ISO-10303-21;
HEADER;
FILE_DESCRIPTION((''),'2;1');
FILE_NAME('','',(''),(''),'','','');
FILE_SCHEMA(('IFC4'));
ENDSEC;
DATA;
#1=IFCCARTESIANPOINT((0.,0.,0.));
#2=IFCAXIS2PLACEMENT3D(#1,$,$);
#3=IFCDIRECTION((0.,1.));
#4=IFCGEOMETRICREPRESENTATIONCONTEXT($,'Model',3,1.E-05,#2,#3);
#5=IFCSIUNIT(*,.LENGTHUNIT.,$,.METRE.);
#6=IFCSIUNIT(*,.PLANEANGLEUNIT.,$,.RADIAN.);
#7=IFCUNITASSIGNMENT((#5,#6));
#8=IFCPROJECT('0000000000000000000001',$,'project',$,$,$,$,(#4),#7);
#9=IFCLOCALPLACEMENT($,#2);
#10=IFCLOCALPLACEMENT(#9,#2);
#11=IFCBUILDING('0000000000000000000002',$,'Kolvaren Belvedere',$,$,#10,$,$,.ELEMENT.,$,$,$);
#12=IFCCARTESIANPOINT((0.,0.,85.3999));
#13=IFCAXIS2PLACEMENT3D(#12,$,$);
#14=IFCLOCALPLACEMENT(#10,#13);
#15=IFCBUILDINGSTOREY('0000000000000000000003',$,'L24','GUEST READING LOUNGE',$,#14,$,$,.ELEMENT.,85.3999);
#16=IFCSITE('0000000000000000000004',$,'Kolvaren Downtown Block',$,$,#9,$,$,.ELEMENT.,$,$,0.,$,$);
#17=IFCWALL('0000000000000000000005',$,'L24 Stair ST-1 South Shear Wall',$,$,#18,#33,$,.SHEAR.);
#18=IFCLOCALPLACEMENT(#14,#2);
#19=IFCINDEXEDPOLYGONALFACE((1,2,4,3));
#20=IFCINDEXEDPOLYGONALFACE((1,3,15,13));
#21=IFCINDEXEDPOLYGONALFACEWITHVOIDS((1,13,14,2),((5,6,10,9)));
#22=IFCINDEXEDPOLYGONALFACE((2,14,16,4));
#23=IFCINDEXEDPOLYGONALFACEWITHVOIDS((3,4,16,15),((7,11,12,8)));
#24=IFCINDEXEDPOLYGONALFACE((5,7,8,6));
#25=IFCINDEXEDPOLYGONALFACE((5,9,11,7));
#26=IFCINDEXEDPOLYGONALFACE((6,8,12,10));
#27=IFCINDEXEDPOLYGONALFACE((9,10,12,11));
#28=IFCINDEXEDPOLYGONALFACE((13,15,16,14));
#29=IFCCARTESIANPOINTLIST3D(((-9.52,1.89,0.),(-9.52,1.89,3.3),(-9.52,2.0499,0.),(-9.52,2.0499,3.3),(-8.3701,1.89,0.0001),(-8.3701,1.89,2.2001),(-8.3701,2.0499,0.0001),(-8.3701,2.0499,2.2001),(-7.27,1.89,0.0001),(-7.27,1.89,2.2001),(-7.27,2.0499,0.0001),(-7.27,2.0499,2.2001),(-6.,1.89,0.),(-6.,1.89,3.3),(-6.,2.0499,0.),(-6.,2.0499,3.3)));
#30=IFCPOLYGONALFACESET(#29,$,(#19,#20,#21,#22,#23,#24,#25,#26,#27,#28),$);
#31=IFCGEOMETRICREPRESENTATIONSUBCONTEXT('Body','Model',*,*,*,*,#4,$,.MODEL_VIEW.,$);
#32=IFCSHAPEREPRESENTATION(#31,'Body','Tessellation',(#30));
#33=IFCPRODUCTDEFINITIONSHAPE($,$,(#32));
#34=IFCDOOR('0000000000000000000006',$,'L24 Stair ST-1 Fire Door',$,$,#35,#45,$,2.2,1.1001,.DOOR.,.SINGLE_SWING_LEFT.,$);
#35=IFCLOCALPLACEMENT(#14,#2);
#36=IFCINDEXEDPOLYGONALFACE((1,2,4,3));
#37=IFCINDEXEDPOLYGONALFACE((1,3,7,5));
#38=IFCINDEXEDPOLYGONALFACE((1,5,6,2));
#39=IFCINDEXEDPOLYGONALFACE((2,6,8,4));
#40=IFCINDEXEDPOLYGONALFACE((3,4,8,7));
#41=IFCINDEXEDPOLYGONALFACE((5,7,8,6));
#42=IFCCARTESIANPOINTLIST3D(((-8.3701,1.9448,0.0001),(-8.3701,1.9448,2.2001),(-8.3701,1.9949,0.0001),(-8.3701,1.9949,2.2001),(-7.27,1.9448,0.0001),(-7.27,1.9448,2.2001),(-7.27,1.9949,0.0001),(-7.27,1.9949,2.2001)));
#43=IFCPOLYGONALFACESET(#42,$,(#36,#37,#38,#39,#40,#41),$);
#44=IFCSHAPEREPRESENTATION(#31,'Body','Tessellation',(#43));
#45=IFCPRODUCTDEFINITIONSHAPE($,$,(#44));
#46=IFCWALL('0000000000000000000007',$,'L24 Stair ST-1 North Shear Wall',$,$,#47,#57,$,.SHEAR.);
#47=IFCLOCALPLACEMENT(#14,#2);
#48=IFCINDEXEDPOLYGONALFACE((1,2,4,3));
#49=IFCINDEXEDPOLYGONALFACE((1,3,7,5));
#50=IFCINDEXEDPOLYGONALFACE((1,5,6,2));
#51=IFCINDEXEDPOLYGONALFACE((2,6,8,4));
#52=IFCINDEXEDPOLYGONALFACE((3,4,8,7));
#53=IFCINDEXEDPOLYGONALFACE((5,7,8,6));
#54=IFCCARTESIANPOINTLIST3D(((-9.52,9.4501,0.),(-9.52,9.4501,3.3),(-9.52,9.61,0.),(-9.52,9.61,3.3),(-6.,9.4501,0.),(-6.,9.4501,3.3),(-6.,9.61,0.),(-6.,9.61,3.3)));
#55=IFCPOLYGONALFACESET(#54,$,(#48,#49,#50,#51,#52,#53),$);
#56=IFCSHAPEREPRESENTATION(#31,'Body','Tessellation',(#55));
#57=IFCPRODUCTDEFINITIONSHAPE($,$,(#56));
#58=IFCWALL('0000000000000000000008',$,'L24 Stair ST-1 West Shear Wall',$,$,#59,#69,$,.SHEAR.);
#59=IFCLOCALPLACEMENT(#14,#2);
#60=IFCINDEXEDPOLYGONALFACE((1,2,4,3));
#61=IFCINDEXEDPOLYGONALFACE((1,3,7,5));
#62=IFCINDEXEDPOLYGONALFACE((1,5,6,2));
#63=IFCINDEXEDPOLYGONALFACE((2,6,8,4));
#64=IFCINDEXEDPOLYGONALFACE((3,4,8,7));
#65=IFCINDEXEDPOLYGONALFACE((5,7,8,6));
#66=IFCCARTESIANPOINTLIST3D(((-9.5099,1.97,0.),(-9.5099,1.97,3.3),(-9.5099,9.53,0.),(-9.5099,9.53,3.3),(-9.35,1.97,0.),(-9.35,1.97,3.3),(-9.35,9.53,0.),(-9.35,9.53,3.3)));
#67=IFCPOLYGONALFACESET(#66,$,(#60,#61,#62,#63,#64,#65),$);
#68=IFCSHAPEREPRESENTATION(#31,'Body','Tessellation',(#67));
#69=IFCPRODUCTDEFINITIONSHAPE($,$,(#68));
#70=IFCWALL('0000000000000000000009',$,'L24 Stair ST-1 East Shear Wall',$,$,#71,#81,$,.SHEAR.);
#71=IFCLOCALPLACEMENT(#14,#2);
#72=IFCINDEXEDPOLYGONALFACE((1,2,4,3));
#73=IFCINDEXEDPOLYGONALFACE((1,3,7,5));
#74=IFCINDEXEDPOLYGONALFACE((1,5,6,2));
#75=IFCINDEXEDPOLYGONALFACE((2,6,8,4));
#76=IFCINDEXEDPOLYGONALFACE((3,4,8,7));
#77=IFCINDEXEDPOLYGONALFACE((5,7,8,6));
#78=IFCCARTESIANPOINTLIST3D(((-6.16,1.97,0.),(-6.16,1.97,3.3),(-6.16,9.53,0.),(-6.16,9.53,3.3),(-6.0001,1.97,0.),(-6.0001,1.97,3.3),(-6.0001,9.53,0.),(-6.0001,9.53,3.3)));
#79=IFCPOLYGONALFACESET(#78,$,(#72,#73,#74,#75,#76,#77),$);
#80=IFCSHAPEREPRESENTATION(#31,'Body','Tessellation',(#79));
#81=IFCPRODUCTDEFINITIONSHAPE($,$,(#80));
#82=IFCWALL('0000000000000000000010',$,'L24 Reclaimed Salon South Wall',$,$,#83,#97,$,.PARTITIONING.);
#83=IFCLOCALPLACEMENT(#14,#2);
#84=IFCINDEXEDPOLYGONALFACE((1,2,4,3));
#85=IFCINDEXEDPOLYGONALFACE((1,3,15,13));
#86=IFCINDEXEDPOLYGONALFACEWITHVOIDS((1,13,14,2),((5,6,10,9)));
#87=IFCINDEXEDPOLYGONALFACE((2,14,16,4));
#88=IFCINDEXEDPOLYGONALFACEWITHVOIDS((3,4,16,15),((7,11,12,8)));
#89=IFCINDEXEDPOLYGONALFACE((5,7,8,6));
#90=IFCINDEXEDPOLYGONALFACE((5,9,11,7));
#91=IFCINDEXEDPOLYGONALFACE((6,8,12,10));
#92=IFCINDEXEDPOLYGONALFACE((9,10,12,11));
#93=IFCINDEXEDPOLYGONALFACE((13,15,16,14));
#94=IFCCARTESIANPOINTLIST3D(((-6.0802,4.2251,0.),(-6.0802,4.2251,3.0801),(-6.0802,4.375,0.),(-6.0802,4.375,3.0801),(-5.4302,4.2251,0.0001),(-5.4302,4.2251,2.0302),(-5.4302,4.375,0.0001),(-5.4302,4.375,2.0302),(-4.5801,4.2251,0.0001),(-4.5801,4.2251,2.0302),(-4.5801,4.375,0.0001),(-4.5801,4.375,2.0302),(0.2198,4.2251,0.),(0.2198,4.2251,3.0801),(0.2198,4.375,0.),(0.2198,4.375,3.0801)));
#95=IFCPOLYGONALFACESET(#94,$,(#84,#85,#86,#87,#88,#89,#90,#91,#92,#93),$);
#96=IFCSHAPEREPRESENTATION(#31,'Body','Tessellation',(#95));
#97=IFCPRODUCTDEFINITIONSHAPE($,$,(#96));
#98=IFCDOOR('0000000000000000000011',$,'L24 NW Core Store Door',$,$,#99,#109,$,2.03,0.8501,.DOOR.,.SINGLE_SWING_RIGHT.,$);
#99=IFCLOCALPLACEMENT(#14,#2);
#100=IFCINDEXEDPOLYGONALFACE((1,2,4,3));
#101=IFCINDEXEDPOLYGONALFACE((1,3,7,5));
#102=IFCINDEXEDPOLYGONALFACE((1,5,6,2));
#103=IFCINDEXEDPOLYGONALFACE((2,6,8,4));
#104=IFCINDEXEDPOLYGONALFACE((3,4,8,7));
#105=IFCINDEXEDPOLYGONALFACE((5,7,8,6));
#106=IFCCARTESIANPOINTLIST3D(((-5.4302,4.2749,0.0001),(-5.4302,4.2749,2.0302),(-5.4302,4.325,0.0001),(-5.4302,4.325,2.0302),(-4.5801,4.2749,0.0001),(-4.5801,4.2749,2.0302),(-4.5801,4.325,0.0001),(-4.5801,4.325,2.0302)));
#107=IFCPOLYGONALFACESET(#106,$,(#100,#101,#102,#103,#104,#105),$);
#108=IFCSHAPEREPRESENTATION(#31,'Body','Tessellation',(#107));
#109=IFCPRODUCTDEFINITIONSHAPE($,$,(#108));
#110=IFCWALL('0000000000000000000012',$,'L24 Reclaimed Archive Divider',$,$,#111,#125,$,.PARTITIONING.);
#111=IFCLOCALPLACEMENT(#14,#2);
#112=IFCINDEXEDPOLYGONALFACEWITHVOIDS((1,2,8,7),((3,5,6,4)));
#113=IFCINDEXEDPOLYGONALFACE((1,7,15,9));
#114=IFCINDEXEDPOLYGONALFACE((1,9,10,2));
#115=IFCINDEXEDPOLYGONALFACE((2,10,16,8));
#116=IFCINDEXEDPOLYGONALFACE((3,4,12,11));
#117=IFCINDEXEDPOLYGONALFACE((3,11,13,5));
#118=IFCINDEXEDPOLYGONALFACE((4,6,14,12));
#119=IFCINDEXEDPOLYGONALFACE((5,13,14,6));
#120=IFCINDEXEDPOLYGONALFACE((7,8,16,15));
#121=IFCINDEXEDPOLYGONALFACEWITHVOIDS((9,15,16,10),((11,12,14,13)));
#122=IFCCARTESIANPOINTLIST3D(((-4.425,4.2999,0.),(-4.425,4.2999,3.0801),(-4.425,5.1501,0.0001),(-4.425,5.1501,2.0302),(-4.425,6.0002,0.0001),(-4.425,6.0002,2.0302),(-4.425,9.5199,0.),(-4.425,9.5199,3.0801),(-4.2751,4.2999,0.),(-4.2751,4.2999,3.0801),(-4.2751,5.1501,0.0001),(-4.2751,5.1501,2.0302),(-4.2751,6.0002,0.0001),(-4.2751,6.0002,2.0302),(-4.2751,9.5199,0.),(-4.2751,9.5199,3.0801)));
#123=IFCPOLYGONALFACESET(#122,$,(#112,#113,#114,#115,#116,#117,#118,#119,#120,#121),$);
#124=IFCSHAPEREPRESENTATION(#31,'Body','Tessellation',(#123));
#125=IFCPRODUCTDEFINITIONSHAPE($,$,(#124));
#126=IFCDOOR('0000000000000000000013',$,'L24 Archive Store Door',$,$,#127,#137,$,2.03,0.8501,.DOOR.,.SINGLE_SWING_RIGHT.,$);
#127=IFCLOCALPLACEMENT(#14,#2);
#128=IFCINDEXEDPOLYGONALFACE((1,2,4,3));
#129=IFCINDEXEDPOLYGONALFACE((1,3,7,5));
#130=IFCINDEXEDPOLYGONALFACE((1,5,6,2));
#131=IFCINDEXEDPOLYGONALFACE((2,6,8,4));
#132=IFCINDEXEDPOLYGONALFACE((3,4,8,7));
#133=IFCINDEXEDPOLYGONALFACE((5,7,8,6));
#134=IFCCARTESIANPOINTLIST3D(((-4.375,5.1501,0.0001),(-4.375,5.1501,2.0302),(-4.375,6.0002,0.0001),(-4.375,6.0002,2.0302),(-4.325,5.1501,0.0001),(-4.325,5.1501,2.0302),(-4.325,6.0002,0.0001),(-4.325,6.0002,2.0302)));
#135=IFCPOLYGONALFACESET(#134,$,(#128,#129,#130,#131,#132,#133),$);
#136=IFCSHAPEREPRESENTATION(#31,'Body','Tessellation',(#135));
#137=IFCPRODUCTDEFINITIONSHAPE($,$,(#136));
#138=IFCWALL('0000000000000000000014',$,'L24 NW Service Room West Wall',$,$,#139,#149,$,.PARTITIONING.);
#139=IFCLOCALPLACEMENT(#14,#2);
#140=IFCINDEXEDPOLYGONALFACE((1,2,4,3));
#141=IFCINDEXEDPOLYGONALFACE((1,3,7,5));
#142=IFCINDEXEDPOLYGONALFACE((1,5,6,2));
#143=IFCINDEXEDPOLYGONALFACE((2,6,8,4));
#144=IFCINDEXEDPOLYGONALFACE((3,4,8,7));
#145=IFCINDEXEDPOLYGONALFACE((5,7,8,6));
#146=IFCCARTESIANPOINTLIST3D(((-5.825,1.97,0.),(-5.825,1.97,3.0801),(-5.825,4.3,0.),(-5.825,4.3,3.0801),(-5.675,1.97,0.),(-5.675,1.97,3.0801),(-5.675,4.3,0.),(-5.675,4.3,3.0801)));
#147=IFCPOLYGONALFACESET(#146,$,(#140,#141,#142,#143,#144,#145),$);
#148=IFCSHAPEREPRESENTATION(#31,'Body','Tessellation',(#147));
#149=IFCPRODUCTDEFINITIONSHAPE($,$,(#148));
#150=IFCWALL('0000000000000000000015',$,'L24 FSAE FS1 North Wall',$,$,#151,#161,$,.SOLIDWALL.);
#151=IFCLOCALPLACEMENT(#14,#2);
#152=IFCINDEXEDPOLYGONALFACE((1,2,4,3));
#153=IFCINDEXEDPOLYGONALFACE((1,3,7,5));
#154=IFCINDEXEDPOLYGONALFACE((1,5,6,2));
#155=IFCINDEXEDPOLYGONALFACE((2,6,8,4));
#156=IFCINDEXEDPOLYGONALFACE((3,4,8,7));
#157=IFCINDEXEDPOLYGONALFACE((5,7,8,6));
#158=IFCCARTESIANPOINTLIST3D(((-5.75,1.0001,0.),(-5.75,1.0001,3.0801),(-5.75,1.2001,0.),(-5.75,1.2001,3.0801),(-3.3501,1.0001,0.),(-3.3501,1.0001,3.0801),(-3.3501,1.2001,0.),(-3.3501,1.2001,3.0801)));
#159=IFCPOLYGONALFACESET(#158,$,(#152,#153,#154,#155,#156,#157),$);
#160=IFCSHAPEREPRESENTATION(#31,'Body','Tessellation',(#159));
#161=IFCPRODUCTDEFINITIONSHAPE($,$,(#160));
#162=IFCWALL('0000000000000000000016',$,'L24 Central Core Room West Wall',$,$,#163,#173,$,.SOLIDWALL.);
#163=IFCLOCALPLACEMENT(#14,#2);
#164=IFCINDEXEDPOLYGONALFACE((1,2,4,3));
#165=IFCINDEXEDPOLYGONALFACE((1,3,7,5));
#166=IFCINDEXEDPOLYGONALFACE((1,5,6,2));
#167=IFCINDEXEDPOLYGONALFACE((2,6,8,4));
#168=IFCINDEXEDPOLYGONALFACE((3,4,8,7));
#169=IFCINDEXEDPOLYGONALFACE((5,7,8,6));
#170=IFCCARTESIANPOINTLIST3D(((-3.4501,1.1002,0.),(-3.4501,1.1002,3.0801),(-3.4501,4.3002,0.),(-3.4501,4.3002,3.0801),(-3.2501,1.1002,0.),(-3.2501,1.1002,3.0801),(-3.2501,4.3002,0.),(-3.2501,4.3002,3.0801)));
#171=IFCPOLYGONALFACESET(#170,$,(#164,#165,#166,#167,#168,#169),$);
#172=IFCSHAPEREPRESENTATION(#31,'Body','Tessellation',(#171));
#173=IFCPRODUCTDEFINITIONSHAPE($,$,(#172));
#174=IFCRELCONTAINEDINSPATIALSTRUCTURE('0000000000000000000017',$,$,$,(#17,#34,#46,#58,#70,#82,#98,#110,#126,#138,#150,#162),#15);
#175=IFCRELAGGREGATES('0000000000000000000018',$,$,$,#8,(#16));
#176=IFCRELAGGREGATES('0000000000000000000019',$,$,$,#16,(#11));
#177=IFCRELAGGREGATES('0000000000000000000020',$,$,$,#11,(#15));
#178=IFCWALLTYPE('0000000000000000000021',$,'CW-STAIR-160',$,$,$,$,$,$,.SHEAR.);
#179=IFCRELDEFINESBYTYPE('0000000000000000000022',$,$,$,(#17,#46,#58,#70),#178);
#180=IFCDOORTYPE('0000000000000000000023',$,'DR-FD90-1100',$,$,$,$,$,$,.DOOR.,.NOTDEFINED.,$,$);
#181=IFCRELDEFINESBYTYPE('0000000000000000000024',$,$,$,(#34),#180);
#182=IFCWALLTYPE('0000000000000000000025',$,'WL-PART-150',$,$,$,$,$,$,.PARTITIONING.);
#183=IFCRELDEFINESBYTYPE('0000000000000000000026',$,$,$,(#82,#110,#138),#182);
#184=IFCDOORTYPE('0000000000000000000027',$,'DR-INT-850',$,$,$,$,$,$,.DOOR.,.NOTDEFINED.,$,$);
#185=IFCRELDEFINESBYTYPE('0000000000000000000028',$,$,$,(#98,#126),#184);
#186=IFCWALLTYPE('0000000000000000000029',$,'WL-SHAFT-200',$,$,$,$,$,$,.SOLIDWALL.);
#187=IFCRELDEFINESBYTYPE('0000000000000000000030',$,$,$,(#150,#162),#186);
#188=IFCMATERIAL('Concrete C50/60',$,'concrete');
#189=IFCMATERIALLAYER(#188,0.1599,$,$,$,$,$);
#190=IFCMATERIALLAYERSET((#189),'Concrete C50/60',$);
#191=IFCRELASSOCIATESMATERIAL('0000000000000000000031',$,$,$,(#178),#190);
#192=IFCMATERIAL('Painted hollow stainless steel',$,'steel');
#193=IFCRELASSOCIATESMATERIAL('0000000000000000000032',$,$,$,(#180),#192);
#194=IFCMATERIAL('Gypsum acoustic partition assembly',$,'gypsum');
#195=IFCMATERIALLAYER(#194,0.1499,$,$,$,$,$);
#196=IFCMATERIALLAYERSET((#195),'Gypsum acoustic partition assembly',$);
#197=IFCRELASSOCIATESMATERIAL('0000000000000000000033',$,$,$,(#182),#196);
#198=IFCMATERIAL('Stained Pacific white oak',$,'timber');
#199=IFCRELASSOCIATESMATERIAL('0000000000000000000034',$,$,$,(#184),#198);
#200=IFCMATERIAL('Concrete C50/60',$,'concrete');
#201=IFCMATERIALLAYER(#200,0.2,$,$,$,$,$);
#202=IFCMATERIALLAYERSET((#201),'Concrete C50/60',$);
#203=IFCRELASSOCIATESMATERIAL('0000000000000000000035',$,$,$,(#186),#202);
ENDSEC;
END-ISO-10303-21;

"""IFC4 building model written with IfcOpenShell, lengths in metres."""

from ifc_helpers import new_model, si_unit, direction, frame, frame_2d, origin, place, context, subcontext, project, spatial, rectangle, extrude, material, layer, layer_set, type_object, element, fill, save


model = new_model("IFC4")

# Units and contexts
model_context = context("Model", 3, precision=1e-05, world=origin(), true_north=direction((0.0, 1.0)))
body_context = subcontext(model_context, "Body", "Model", "MODEL_VIEW")
ifc_project = project(units=[si_unit("LENGTHUNIT", "METRE"), si_unit("PLANEANGLEUNIT", "RADIAN")], contexts=[model_context])

# Site, building, storey
site_placement = place(None, origin())
site = spatial("IfcSite", under=ifc_project, at=site_placement, Name="Kolvaren Downtown Block", CompositionType="ELEMENT", RefElevation=0.0)
building_placement = place(site_placement, origin())
building = spatial("IfcBuilding", under=site, at=building_placement, Name="Kolvaren Belvedere", CompositionType="ELEMENT")
storey_placement = place(building_placement, frame((0.0, 0.0, 85.3999)))
storey = spatial("IfcBuildingStorey", under=building, at=storey_placement, Name="L24", Description="GUEST READING LOUNGE", CompositionType="ELEMENT", Elevation=85.3999)

# Wall, opening, door
ifc_material_1 = material(Name="Concrete C50/60", Category="concrete")
ifc_layer_1 = layer(ifc_material_1, 0.1599)
ifc_layer_set_1 = layer_set([ifc_layer_1], Name="Concrete C50/60")
wall_type_1 = type_object("IfcWallType", Name="CW-STAIR-160", PredefinedType="SHEAR", material=ifc_layer_set_1)
wall_1_placement = place(storey_placement, frame((-9.52, 1.97, 0.0), z_axis=(0.0, 0.0, 1.0), x_axis=(1.0, 0.0, 0.0)))
wall_1 = element("IfcWall", 1, at=wall_1_placement, inside=storey, type_object=wall_type_1, Name="L24 Stair ST-1 South Shear Wall", PredefinedType="SHEAR", context=body_context, shape_type="SweptSolid", body=[
    extrude(rectangle(XDim=3.52, YDim=0.1599, at=frame_2d((1.76, 0.0))), origin(), (0.0, 0.0, 1.0), 3.3),
])
opening_1_placement = place(wall_1_placement, frame((1.1499, 0.0, 0.0)))
opening_1 = element("IfcOpeningElement", 2, at=opening_1_placement, cuts=wall_1, PredefinedType="OPENING", context=body_context, shape_type="SweptSolid", body=[
    extrude(rectangle(XDim=1.1001, YDim=2.2, at=frame_2d((0.55, 1.1001))), frame((0.0, 0.0898, 0.0), z_axis=(0.0, -1.0, 0.0), x_axis=(1.0, 0.0, 0.0)), (0.0, 0.0, 1.0), 0.1799),
])
ifc_material_2 = material(Name="Painted hollow stainless steel", Category="steel")
door_type_1 = type_object("IfcDoorType", Name="DR-FD90-1100", OperationType="NOTDEFINED", PredefinedType="DOOR", material=ifc_material_2)
door_1_placement = place(opening_1_placement, origin())
door_1 = element("IfcDoor", 3, at=door_1_placement, inside=storey, type_object=door_type_1, Name="L24 Stair ST-1 Fire Door", OperationType="SINGLE_SWING_LEFT", OverallHeight=2.2, OverallWidth=1.1001, PredefinedType="DOOR", context=body_context, shape_type="SweptSolid", body=[
    extrude(rectangle(XDim=1.1001, YDim=2.2, at=frame_2d((0.55, 1.1001))), frame((0.0, 0.0249, 0.0), z_axis=(0.0, -1.0, 0.0), x_axis=(1.0, 0.0, 0.0)), (0.0, 0.0, 1.0), 0.05),
])
fill(opening_1, door_1)

# Walls
wall_2_placement = place(storey_placement, frame((-9.52, 9.53, 0.0), z_axis=(0.0, 0.0, 1.0), x_axis=(1.0, 0.0, 0.0)))
element("IfcWall", 4, at=wall_2_placement, inside=storey, type_object=wall_type_1, Name="L24 Stair ST-1 North Shear Wall", PredefinedType="SHEAR", context=body_context, shape_type="SweptSolid", body=[
    extrude(rectangle(XDim=3.52, YDim=0.1599, at=frame_2d((1.76, 0.0))), origin(), (0.0, 0.0, 1.0), 3.3),
])
for number, where, z_axis, x_axis, name in (
    (5, (-9.4299, 1.97, 0.0), (0.0, 0.0, 1.0), (0.0, 1.0, 0.0), "L24 Stair ST-1 West Shear Wall"),
    (6, (-6.0801, 1.97, 0.0), (0.0, 0.0, 1.0), (0.0, 1.0, 0.0), "L24 Stair ST-1 East Shear Wall"),
):
    element("IfcWall", number, at=place(storey_placement, frame(where, z_axis=z_axis, x_axis=x_axis)), inside=storey, type_object=wall_type_1, Name=name, PredefinedType="SHEAR", context=body_context, shape_type="SweptSolid", body=[
        extrude(rectangle(XDim=7.5601, YDim=0.1599, at=frame_2d((3.78, 0.0))), origin(), (0.0, 0.0, 1.0), 3.3),
    ])

# Walls, openings, doors
ifc_material_3 = material(Name="Gypsum acoustic partition assembly", Category="gypsum")
ifc_layer_2 = layer(ifc_material_3, 0.1499)
ifc_layer_set_2 = layer_set([ifc_layer_2], Name="Gypsum acoustic partition assembly")
wall_type_2 = type_object("IfcWallType", Name="WL-PART-150", PredefinedType="PARTITIONING", material=ifc_layer_set_2)
wall_3_placement = place(storey_placement, frame((-6.0801, 4.3, 0.0), z_axis=(0.0, 0.0, 1.0), x_axis=(1.0, 0.0, 0.0)))
wall_3 = element("IfcWall", 7, at=wall_3_placement, inside=storey, type_object=wall_type_2, Name="L24 Reclaimed Salon South Wall", PredefinedType="PARTITIONING", context=body_context, shape_type="SweptSolid", body=[
    extrude(rectangle(XDim=6.3, YDim=0.1499, at=frame_2d((3.1499, 0.0))), origin(), (0.0, 0.0, 1.0), 3.0801),
])
opening_2_placement = place(wall_3_placement, frame((0.6499, 0.0, 0.0)))
opening_2 = element("IfcOpeningElement", 8, at=opening_2_placement, cuts=wall_3, PredefinedType="OPENING", context=body_context, shape_type="SweptSolid", body=[
    extrude(rectangle(XDim=0.8501, YDim=2.03, at=frame_2d((0.425, 1.0151))), frame((0.0, 0.085, 0.0), z_axis=(0.0, -1.0, 0.0), x_axis=(1.0, 0.0, 0.0)), (0.0, 0.0, 1.0), 0.1699),
])
ifc_material_4 = material(Name="Stained Pacific white oak", Category="timber")
door_type_2 = type_object("IfcDoorType", Name="DR-INT-850", OperationType="NOTDEFINED", PredefinedType="DOOR", material=ifc_material_4)
door_2_placement = place(opening_2_placement, origin())
door_2 = element("IfcDoor", 9, at=door_2_placement, inside=storey, type_object=door_type_2, Name="L24 NW Core Store Door", OperationType="SINGLE_SWING_RIGHT", OverallHeight=2.03, OverallWidth=0.8501, PredefinedType="DOOR", context=body_context, shape_type="SweptSolid", body=[
    extrude(rectangle(XDim=0.8501, YDim=2.03, at=frame_2d((0.425, 1.0151))), frame((0.0, 0.0249, 0.0), z_axis=(0.0, -1.0, 0.0), x_axis=(1.0, 0.0, 0.0)), (0.0, 0.0, 1.0), 0.05),
])
fill(opening_2, door_2)
wall_4_placement = place(storey_placement, frame((-4.3501, 4.3, 0.0), z_axis=(0.0, 0.0, 1.0), x_axis=(0.0, 1.0, 0.0)))
wall_4 = element("IfcWall", 10, at=wall_4_placement, inside=storey, type_object=wall_type_2, Name="L24 Reclaimed Archive Divider", PredefinedType="PARTITIONING", context=body_context, shape_type="SweptSolid", body=[
    extrude(rectangle(XDim=5.22, YDim=0.1499, at=frame_2d((2.6099, 0.0))), origin(), (0.0, 0.0, 1.0), 3.0801),
])
opening_3_placement = place(wall_4_placement, frame((0.8501, 0.0, 0.0)))
opening_3 = element("IfcOpeningElement", 11, at=opening_3_placement, cuts=wall_4, PredefinedType="OPENING", context=body_context, shape_type="SweptSolid", body=[
    extrude(rectangle(XDim=0.8501, YDim=2.03, at=frame_2d((0.425, 1.0151))), frame((0.0, 0.085, 0.0), z_axis=(0.0, -1.0, 0.0), x_axis=(1.0, 0.0, 0.0)), (0.0, 0.0, 1.0), 0.1699),
])
door_3_placement = place(opening_3_placement, origin())
door_3 = element("IfcDoor", 12, at=door_3_placement, inside=storey, type_object=door_type_2, Name="L24 Archive Store Door", OperationType="SINGLE_SWING_RIGHT", OverallHeight=2.03, OverallWidth=0.8501, PredefinedType="DOOR", context=body_context, shape_type="SweptSolid", body=[
    extrude(rectangle(XDim=0.8501, YDim=2.03, at=frame_2d((0.425, 1.0151))), frame((0.0, 0.0249, 0.0), z_axis=(0.0, -1.0, 0.0), x_axis=(1.0, 0.0, 0.0)), (0.0, 0.0, 1.0), 0.05),
])
fill(opening_3, door_3)

# Walls
wall_5_placement = place(storey_placement, frame((-5.75, 1.97, 0.0), z_axis=(0.0, 0.0, 1.0), x_axis=(0.0, 1.0, 0.0)))
element("IfcWall", 13, at=wall_5_placement, inside=storey, type_object=wall_type_2, Name="L24 NW Service Room West Wall", PredefinedType="PARTITIONING", context=body_context, shape_type="SweptSolid", body=[
    extrude(rectangle(XDim=2.3301, YDim=0.1499, at=frame_2d((1.165, 0.0))), origin(), (0.0, 0.0, 1.0), 3.0801),
])
ifc_material_5 = material(Name="Concrete C50/60", Category="concrete")
ifc_layer_3 = layer(ifc_material_5, 0.2)
ifc_layer_set_3 = layer_set([ifc_layer_3], Name="Concrete C50/60")
wall_type_3 = type_object("IfcWallType", Name="WL-SHAFT-200", PredefinedType="SOLIDWALL", material=ifc_layer_set_3)
wall_6_placement = place(storey_placement, frame((-5.75, 1.1001, 0.0), z_axis=(0.0, 0.0, 1.0), x_axis=(1.0, 0.0, 0.0)))
element("IfcWall", 14, at=wall_6_placement, inside=storey, type_object=wall_type_3, Name="L24 FSAE FS1 North Wall", PredefinedType="SOLIDWALL", context=body_context, shape_type="SweptSolid", body=[
    extrude(rectangle(XDim=2.3999, YDim=0.2, at=frame_2d((1.2, 0.0))), origin(), (0.0, 0.0, 1.0), 3.0801),
])
wall_7_placement = place(storey_placement, frame((-3.3501, 1.1001, 0.0), z_axis=(0.0, 0.0, 1.0), x_axis=(0.0, 1.0, 0.0)))
element("IfcWall", 15, at=wall_7_placement, inside=storey, type_object=wall_type_3, Name="L24 Central Core Room West Wall", PredefinedType="SOLIDWALL", context=body_context, shape_type="SweptSolid", body=[
    extrude(rectangle(XDim=3.2, YDim=0.2, at=frame_2d((1.6001, 0.0))), origin(), (0.0, 0.0, 1.0), 3.0801),
])

save(model, "model.ifc")
